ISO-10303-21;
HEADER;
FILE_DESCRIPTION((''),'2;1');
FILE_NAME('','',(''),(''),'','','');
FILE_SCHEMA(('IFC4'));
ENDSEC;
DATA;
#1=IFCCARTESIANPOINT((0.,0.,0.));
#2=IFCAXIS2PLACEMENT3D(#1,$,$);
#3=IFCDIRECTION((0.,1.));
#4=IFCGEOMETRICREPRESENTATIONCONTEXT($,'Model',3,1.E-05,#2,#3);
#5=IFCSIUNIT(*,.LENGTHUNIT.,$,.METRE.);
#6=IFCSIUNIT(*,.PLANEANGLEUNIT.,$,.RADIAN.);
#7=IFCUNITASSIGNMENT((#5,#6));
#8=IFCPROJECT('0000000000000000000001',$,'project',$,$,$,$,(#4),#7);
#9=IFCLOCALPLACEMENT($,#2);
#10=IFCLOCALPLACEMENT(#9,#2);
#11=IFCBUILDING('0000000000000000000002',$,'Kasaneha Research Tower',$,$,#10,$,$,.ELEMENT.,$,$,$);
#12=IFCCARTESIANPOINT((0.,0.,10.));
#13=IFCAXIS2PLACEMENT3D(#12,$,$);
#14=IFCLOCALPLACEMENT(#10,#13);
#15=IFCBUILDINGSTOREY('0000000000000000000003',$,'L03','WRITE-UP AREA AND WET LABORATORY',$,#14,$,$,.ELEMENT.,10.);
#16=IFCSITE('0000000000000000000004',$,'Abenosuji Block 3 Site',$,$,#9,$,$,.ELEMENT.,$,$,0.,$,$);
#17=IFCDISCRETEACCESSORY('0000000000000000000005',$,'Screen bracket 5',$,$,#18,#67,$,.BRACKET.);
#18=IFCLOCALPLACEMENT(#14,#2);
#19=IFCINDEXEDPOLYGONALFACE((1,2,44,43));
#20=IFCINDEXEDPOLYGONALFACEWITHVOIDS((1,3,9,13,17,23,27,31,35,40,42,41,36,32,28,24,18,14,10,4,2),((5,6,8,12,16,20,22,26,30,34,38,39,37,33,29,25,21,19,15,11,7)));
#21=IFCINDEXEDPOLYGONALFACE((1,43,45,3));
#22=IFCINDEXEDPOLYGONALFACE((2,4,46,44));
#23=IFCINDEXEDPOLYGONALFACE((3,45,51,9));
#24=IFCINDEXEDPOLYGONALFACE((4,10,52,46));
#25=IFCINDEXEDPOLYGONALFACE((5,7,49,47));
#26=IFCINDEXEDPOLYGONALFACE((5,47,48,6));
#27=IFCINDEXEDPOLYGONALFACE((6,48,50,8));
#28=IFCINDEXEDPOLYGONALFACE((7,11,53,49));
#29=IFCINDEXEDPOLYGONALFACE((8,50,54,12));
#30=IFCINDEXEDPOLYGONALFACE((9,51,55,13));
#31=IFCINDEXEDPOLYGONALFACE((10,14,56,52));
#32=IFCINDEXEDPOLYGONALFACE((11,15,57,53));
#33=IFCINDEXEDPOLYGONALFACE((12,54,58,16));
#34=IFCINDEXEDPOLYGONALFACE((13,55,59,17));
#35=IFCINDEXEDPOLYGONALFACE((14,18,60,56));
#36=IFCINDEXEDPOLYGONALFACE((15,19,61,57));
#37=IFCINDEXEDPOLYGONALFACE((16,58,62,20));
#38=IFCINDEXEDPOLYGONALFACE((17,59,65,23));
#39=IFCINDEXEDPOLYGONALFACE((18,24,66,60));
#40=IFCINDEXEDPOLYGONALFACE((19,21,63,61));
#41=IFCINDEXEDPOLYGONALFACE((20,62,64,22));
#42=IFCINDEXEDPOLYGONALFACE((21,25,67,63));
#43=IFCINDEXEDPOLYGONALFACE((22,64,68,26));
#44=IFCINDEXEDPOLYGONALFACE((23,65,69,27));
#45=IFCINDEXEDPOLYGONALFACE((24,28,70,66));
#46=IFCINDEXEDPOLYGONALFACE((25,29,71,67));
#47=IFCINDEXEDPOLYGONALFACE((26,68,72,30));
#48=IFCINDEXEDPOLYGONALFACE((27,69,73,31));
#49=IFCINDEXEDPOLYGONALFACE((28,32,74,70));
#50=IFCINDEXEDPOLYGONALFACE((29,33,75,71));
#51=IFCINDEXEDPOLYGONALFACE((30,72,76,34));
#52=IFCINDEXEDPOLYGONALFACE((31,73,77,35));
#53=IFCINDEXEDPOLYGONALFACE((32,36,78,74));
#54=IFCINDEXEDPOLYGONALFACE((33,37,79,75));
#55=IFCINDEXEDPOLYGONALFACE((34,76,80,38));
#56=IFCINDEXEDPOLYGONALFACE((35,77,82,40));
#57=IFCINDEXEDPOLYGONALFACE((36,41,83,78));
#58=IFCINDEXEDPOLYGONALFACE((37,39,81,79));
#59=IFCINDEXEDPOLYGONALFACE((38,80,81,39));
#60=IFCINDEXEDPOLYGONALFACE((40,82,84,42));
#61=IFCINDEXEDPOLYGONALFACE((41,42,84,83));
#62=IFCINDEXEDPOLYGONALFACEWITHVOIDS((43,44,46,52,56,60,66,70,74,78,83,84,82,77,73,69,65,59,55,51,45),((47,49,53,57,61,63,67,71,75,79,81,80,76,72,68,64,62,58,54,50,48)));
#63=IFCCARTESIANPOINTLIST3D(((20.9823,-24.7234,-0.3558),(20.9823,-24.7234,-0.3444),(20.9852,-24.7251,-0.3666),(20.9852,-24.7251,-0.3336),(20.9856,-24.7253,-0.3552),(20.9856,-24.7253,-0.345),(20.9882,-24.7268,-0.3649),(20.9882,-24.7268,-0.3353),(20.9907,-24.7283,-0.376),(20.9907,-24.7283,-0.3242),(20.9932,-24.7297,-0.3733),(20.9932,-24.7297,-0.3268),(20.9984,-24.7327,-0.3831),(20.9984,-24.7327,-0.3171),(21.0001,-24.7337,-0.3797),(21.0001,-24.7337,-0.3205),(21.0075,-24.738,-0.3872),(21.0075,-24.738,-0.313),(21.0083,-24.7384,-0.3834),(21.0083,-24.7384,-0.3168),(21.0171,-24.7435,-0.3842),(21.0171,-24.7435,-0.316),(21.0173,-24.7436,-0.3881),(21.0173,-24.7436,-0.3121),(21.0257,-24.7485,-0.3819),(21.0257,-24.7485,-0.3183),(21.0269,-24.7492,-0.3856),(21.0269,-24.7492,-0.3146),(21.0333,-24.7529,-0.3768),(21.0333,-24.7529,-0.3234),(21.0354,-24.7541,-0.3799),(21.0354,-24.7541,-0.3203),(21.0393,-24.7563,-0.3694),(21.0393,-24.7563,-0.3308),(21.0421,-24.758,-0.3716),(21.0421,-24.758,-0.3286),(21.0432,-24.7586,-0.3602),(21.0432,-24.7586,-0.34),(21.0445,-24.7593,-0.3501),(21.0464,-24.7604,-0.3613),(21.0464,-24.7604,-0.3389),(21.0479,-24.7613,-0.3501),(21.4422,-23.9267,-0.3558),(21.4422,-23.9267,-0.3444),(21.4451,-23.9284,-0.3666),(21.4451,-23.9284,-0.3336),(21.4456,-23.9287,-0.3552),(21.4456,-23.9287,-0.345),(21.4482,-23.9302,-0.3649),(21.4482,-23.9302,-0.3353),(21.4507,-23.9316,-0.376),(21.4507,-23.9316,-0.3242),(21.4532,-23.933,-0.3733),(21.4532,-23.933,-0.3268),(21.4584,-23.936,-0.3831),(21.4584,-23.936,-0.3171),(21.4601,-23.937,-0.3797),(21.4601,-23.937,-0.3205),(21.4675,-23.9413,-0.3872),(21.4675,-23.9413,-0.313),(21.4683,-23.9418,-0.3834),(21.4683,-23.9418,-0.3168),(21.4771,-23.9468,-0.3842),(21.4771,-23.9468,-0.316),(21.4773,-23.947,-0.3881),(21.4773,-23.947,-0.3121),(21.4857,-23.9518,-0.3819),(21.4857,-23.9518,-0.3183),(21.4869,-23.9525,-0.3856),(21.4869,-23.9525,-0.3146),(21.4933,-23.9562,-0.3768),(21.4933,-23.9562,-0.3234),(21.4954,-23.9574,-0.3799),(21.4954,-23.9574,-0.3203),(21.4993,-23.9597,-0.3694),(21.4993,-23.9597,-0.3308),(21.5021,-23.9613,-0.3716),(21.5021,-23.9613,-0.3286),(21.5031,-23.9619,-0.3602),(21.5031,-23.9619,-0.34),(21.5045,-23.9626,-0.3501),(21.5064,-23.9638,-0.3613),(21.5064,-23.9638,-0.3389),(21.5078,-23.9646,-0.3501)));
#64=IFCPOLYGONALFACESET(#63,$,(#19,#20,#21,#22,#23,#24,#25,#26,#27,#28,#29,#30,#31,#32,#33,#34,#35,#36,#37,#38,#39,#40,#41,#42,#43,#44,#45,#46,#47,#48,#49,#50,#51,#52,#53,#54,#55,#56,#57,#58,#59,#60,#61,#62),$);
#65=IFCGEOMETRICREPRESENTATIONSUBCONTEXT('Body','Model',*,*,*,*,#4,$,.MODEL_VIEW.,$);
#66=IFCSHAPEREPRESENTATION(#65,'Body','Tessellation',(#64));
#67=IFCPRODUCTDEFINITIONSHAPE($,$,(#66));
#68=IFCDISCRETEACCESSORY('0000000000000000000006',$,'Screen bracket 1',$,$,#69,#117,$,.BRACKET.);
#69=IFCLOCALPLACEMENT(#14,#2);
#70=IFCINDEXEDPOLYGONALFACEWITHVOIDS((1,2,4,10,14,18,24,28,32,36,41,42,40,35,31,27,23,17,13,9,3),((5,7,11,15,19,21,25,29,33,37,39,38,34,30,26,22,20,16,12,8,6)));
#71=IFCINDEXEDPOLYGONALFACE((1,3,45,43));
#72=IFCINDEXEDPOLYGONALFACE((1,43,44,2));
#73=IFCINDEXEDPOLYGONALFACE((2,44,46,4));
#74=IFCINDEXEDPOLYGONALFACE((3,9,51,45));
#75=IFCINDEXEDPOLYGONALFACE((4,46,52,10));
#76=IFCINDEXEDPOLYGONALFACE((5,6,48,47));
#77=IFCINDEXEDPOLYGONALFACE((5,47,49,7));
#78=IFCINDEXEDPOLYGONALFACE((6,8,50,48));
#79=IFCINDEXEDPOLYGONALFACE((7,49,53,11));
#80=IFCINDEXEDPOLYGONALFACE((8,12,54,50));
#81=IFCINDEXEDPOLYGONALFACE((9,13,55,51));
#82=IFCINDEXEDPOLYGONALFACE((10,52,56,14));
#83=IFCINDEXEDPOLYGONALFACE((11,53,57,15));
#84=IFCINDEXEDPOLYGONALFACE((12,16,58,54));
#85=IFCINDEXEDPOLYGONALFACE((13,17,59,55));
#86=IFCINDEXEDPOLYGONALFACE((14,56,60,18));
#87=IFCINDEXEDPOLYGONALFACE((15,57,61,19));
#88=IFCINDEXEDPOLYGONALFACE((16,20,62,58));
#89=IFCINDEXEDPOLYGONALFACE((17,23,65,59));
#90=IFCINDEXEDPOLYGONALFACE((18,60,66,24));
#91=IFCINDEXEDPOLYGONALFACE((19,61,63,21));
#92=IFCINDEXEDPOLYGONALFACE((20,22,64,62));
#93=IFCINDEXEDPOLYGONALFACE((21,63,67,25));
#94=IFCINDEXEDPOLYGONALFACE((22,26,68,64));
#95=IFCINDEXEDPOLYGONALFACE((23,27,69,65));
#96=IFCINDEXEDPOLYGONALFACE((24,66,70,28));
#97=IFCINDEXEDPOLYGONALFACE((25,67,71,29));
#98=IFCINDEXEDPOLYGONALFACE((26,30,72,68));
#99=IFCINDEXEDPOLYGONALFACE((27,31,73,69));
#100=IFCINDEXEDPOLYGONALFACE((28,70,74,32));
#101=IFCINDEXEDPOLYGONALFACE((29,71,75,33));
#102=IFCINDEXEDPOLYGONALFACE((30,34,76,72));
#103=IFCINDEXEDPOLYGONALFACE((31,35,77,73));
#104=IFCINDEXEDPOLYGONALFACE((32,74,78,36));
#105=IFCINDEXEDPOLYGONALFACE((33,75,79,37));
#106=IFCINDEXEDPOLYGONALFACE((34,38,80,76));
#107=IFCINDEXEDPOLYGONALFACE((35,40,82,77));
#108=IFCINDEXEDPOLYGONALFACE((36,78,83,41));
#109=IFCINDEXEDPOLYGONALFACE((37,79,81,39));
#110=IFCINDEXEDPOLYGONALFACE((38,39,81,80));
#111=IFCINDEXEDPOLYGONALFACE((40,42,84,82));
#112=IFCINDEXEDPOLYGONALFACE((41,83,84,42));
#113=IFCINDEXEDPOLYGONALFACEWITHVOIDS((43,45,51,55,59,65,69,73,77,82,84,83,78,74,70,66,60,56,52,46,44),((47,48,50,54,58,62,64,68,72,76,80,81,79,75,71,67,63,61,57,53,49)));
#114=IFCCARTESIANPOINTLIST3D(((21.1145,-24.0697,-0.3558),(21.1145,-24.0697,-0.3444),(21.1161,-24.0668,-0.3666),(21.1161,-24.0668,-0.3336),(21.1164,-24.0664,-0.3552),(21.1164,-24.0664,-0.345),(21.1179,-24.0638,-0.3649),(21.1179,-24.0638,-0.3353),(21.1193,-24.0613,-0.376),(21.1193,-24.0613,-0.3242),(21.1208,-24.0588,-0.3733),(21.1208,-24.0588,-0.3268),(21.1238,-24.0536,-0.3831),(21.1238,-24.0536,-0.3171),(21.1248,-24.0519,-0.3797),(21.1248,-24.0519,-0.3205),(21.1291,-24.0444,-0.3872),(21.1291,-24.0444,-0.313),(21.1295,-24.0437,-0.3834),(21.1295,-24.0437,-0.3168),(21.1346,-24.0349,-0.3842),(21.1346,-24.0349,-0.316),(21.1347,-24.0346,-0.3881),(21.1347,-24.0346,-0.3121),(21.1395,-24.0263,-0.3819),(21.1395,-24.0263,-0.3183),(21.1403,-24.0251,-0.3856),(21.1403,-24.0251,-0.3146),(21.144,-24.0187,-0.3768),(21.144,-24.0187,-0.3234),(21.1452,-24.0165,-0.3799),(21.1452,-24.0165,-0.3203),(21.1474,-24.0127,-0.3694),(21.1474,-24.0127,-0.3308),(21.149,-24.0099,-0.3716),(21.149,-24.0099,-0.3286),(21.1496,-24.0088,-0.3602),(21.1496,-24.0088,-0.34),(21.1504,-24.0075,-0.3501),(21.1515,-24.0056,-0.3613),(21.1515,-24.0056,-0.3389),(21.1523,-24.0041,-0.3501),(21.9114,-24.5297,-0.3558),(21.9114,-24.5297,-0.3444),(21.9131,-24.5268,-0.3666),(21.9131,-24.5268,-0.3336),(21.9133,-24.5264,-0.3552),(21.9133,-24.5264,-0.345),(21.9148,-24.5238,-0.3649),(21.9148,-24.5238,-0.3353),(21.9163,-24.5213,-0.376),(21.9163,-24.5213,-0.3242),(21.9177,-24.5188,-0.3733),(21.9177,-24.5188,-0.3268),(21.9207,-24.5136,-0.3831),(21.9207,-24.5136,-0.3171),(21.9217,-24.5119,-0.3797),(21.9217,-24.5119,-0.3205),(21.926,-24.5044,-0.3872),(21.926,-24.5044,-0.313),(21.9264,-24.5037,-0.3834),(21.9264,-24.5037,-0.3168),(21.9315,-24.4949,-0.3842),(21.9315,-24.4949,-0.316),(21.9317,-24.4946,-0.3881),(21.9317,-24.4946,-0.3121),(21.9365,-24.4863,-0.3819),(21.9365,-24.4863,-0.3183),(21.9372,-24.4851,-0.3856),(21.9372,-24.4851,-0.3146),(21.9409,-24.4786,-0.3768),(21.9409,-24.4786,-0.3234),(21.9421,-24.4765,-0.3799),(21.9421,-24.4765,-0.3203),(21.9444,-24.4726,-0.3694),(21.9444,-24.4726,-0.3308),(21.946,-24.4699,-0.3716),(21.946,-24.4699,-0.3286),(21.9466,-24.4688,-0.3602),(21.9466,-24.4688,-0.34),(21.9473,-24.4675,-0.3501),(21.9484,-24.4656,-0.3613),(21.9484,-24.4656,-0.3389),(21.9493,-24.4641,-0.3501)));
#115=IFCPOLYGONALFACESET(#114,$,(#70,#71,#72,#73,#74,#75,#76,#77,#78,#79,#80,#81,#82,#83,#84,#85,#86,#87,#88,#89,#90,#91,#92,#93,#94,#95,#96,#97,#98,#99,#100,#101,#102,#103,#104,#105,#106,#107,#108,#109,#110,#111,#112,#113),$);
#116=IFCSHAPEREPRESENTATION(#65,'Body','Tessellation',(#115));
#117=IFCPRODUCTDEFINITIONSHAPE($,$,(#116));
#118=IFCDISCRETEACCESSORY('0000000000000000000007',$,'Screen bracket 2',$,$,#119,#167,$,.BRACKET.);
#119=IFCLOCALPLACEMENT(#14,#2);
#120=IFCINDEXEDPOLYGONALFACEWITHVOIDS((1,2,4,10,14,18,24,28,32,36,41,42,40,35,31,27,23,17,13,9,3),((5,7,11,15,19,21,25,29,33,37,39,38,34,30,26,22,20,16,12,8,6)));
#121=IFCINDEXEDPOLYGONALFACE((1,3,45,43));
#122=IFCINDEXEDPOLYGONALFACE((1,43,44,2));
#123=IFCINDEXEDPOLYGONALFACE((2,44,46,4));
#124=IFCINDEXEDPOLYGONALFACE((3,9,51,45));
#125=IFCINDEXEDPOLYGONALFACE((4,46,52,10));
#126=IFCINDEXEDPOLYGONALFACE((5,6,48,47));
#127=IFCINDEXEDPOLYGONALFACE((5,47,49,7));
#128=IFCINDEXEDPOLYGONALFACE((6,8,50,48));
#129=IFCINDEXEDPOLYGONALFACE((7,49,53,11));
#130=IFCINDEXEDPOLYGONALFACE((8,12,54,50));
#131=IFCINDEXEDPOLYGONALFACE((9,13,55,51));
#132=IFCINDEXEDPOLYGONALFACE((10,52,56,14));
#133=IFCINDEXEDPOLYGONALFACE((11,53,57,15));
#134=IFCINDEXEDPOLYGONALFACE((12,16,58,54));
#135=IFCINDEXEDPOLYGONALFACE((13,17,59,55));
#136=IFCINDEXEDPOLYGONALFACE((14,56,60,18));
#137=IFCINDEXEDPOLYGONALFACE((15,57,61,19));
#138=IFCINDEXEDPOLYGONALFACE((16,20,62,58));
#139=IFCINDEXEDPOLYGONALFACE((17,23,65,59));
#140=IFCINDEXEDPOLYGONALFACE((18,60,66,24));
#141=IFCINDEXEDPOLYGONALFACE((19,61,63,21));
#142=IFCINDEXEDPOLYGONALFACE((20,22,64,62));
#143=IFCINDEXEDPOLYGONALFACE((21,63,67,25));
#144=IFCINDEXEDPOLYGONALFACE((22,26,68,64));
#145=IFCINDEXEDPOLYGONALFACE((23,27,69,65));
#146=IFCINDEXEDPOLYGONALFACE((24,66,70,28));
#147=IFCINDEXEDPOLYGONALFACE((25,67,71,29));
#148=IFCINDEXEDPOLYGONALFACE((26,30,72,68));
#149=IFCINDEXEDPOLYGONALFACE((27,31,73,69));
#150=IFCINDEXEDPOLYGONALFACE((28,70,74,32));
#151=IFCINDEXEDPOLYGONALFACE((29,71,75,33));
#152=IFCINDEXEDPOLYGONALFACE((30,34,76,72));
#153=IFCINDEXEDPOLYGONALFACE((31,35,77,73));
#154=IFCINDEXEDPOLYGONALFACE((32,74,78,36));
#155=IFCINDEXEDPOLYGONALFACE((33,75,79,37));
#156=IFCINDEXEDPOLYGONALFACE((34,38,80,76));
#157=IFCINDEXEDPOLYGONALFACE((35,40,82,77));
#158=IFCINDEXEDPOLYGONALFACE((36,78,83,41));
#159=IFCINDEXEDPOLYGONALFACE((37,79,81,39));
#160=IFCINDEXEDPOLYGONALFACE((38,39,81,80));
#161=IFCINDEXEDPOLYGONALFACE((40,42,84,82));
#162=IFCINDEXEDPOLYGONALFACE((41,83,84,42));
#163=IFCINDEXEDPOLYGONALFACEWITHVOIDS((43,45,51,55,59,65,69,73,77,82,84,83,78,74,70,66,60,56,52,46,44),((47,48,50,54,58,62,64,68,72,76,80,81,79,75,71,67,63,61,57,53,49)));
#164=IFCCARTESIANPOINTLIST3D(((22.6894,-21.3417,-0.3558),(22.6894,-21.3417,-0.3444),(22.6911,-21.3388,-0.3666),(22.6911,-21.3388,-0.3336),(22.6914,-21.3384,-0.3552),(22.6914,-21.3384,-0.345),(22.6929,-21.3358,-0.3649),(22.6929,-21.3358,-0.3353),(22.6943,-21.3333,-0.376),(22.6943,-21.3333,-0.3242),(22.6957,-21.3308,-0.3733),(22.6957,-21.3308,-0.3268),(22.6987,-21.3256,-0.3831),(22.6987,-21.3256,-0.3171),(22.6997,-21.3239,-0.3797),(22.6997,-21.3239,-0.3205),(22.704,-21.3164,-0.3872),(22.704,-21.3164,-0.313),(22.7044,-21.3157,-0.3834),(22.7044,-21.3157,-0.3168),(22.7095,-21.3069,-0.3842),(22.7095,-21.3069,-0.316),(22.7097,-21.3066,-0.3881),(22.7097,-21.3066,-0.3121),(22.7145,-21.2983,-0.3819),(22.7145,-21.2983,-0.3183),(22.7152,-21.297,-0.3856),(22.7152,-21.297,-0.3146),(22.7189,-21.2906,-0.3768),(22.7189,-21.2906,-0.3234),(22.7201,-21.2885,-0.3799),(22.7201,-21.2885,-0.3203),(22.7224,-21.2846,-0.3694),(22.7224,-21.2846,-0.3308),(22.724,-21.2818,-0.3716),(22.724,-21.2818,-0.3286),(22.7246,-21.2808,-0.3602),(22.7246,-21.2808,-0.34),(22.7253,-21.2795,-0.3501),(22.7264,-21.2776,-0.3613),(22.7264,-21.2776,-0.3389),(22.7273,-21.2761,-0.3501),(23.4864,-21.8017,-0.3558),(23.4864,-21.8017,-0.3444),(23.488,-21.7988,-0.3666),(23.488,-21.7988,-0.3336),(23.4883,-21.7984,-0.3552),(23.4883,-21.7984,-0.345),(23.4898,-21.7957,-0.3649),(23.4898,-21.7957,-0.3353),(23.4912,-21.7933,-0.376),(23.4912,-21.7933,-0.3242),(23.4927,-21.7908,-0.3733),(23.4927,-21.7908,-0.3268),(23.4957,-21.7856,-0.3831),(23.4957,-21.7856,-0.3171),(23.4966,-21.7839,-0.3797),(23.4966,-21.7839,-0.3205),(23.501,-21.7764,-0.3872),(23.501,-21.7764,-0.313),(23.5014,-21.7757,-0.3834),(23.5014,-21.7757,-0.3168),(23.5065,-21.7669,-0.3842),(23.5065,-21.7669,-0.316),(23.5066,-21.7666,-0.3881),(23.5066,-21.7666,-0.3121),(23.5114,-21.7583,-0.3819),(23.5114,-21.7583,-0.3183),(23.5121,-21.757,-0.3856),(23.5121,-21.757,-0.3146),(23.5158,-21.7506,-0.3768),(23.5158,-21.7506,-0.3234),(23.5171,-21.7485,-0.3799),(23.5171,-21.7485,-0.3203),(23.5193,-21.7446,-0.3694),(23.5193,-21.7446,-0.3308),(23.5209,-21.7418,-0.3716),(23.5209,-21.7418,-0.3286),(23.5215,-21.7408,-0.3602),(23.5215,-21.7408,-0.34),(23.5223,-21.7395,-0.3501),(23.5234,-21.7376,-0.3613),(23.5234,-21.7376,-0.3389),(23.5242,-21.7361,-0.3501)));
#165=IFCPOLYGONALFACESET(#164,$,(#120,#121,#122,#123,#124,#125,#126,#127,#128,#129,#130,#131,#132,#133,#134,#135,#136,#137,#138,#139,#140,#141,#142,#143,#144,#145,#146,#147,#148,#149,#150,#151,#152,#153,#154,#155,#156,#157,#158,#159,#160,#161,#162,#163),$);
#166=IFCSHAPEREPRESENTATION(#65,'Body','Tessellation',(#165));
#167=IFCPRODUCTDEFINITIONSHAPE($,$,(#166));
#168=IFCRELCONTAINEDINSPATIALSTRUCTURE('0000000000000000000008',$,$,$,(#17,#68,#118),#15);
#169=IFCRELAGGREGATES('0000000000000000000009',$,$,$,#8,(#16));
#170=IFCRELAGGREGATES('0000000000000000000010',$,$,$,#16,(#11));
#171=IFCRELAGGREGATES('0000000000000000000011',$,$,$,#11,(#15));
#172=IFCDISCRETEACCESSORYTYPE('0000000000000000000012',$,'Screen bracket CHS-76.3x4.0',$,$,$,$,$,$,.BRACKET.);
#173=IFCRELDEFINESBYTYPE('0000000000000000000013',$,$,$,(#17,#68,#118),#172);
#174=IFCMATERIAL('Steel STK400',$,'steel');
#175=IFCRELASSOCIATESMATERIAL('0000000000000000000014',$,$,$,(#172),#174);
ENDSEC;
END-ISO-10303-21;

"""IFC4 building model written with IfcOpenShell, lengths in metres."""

from ifc_helpers import new_model, si_unit, direction, frame, origin, origin_2d, place, context, subcontext, project, spatial, hollow_circle, extrude, material, material_profile, profile_set, type_object, element, save


model = new_model("IFC4")

# Units and contexts
model_context = context("Model", 3, precision=1e-05, world=origin(), true_north=direction((0.0, 1.0)))
body_context = subcontext(model_context, "Body", "Model", "MODEL_VIEW")
ifc_project = project(units=[si_unit("LENGTHUNIT", "METRE"), si_unit("PLANEANGLEUNIT", "RADIAN")], contexts=[model_context])

# Site, building, storey
site_placement = place(None, origin())
site = spatial("IfcSite", under=ifc_project, at=site_placement, Name="Abenosuji Block 3 Site", CompositionType="ELEMENT", RefElevation=0.0)
building_placement = place(site_placement, origin())
building = spatial("IfcBuilding", under=site, at=building_placement, Name="Kasaneha Research Tower", CompositionType="ELEMENT")
storey_placement = place(building_placement, frame((0.0, 0.0, 10.0)))
storey = spatial("IfcBuildingStorey", under=building, at=storey_placement, Name="L03", Description="WRITE-UP AREA AND WET LABORATORY", CompositionType="ELEMENT", Elevation=10.0)

# Discrete accessories
ifc_material_1 = material(Name="Steel STK400", Category="steel")
ifc_material_profile_1 = material_profile(ifc_material_1, hollow_circle(Radius=0.0381, WallThickness=0.0039, at=origin_2d()), Name="CHS-76.3x4.0")
ifc_profile_set_1 = profile_set([ifc_material_profile_1], Name="Steel STK400")
discrete_accessory_type = type_object("IfcDiscreteAccessoryType", Name="Screen bracket CHS-76.3x4.0", PredefinedType="BRACKET", material=ifc_profile_set_1)
discrete_accessory_1_placement = place(storey_placement, frame((21.4749, -23.9456, -0.3501), z_axis=(-0.500021, -0.866013, 0.0), x_axis=(0.866013, -0.500021, 0.0)))
element("IfcDiscreteAccessory", 1, at=discrete_accessory_1_placement, inside=storey, type_object=discrete_accessory_type, Name="Screen bracket 5", PredefinedType="BRACKET", context=body_context, shape_type="SweptSolid", body=[
    extrude(hollow_circle(Radius=0.0381, WallThickness=0.0039, at=origin_2d()), origin(), (0.0, 0.0, 1.0), 0.9199),
])
for number, where, z_axis, x_axis, name in (
    (2, (21.1333, -24.0371, -0.3501), (0.86608, -0.499906, 0.0), (0.499906, 0.86608, 0.0), "Screen bracket 1"),
    (3, (22.7083, -21.3091, -0.3501), (0.86608, -0.499906, 0.0), (0.499906, 0.86608, 0.0), "Screen bracket 2"),
):
    element("IfcDiscreteAccessory", number, at=place(storey_placement, frame(where, z_axis=z_axis, x_axis=x_axis)), inside=storey, type_object=discrete_accessory_type, Name=name, PredefinedType="BRACKET", context=body_context, shape_type="SweptSolid", body=[
        extrude(hollow_circle(Radius=0.0381, WallThickness=0.0039, at=origin_2d()), origin(), (0.0, 0.0, 1.0), 0.9202),
    ])

save(model, "model.ifc")
